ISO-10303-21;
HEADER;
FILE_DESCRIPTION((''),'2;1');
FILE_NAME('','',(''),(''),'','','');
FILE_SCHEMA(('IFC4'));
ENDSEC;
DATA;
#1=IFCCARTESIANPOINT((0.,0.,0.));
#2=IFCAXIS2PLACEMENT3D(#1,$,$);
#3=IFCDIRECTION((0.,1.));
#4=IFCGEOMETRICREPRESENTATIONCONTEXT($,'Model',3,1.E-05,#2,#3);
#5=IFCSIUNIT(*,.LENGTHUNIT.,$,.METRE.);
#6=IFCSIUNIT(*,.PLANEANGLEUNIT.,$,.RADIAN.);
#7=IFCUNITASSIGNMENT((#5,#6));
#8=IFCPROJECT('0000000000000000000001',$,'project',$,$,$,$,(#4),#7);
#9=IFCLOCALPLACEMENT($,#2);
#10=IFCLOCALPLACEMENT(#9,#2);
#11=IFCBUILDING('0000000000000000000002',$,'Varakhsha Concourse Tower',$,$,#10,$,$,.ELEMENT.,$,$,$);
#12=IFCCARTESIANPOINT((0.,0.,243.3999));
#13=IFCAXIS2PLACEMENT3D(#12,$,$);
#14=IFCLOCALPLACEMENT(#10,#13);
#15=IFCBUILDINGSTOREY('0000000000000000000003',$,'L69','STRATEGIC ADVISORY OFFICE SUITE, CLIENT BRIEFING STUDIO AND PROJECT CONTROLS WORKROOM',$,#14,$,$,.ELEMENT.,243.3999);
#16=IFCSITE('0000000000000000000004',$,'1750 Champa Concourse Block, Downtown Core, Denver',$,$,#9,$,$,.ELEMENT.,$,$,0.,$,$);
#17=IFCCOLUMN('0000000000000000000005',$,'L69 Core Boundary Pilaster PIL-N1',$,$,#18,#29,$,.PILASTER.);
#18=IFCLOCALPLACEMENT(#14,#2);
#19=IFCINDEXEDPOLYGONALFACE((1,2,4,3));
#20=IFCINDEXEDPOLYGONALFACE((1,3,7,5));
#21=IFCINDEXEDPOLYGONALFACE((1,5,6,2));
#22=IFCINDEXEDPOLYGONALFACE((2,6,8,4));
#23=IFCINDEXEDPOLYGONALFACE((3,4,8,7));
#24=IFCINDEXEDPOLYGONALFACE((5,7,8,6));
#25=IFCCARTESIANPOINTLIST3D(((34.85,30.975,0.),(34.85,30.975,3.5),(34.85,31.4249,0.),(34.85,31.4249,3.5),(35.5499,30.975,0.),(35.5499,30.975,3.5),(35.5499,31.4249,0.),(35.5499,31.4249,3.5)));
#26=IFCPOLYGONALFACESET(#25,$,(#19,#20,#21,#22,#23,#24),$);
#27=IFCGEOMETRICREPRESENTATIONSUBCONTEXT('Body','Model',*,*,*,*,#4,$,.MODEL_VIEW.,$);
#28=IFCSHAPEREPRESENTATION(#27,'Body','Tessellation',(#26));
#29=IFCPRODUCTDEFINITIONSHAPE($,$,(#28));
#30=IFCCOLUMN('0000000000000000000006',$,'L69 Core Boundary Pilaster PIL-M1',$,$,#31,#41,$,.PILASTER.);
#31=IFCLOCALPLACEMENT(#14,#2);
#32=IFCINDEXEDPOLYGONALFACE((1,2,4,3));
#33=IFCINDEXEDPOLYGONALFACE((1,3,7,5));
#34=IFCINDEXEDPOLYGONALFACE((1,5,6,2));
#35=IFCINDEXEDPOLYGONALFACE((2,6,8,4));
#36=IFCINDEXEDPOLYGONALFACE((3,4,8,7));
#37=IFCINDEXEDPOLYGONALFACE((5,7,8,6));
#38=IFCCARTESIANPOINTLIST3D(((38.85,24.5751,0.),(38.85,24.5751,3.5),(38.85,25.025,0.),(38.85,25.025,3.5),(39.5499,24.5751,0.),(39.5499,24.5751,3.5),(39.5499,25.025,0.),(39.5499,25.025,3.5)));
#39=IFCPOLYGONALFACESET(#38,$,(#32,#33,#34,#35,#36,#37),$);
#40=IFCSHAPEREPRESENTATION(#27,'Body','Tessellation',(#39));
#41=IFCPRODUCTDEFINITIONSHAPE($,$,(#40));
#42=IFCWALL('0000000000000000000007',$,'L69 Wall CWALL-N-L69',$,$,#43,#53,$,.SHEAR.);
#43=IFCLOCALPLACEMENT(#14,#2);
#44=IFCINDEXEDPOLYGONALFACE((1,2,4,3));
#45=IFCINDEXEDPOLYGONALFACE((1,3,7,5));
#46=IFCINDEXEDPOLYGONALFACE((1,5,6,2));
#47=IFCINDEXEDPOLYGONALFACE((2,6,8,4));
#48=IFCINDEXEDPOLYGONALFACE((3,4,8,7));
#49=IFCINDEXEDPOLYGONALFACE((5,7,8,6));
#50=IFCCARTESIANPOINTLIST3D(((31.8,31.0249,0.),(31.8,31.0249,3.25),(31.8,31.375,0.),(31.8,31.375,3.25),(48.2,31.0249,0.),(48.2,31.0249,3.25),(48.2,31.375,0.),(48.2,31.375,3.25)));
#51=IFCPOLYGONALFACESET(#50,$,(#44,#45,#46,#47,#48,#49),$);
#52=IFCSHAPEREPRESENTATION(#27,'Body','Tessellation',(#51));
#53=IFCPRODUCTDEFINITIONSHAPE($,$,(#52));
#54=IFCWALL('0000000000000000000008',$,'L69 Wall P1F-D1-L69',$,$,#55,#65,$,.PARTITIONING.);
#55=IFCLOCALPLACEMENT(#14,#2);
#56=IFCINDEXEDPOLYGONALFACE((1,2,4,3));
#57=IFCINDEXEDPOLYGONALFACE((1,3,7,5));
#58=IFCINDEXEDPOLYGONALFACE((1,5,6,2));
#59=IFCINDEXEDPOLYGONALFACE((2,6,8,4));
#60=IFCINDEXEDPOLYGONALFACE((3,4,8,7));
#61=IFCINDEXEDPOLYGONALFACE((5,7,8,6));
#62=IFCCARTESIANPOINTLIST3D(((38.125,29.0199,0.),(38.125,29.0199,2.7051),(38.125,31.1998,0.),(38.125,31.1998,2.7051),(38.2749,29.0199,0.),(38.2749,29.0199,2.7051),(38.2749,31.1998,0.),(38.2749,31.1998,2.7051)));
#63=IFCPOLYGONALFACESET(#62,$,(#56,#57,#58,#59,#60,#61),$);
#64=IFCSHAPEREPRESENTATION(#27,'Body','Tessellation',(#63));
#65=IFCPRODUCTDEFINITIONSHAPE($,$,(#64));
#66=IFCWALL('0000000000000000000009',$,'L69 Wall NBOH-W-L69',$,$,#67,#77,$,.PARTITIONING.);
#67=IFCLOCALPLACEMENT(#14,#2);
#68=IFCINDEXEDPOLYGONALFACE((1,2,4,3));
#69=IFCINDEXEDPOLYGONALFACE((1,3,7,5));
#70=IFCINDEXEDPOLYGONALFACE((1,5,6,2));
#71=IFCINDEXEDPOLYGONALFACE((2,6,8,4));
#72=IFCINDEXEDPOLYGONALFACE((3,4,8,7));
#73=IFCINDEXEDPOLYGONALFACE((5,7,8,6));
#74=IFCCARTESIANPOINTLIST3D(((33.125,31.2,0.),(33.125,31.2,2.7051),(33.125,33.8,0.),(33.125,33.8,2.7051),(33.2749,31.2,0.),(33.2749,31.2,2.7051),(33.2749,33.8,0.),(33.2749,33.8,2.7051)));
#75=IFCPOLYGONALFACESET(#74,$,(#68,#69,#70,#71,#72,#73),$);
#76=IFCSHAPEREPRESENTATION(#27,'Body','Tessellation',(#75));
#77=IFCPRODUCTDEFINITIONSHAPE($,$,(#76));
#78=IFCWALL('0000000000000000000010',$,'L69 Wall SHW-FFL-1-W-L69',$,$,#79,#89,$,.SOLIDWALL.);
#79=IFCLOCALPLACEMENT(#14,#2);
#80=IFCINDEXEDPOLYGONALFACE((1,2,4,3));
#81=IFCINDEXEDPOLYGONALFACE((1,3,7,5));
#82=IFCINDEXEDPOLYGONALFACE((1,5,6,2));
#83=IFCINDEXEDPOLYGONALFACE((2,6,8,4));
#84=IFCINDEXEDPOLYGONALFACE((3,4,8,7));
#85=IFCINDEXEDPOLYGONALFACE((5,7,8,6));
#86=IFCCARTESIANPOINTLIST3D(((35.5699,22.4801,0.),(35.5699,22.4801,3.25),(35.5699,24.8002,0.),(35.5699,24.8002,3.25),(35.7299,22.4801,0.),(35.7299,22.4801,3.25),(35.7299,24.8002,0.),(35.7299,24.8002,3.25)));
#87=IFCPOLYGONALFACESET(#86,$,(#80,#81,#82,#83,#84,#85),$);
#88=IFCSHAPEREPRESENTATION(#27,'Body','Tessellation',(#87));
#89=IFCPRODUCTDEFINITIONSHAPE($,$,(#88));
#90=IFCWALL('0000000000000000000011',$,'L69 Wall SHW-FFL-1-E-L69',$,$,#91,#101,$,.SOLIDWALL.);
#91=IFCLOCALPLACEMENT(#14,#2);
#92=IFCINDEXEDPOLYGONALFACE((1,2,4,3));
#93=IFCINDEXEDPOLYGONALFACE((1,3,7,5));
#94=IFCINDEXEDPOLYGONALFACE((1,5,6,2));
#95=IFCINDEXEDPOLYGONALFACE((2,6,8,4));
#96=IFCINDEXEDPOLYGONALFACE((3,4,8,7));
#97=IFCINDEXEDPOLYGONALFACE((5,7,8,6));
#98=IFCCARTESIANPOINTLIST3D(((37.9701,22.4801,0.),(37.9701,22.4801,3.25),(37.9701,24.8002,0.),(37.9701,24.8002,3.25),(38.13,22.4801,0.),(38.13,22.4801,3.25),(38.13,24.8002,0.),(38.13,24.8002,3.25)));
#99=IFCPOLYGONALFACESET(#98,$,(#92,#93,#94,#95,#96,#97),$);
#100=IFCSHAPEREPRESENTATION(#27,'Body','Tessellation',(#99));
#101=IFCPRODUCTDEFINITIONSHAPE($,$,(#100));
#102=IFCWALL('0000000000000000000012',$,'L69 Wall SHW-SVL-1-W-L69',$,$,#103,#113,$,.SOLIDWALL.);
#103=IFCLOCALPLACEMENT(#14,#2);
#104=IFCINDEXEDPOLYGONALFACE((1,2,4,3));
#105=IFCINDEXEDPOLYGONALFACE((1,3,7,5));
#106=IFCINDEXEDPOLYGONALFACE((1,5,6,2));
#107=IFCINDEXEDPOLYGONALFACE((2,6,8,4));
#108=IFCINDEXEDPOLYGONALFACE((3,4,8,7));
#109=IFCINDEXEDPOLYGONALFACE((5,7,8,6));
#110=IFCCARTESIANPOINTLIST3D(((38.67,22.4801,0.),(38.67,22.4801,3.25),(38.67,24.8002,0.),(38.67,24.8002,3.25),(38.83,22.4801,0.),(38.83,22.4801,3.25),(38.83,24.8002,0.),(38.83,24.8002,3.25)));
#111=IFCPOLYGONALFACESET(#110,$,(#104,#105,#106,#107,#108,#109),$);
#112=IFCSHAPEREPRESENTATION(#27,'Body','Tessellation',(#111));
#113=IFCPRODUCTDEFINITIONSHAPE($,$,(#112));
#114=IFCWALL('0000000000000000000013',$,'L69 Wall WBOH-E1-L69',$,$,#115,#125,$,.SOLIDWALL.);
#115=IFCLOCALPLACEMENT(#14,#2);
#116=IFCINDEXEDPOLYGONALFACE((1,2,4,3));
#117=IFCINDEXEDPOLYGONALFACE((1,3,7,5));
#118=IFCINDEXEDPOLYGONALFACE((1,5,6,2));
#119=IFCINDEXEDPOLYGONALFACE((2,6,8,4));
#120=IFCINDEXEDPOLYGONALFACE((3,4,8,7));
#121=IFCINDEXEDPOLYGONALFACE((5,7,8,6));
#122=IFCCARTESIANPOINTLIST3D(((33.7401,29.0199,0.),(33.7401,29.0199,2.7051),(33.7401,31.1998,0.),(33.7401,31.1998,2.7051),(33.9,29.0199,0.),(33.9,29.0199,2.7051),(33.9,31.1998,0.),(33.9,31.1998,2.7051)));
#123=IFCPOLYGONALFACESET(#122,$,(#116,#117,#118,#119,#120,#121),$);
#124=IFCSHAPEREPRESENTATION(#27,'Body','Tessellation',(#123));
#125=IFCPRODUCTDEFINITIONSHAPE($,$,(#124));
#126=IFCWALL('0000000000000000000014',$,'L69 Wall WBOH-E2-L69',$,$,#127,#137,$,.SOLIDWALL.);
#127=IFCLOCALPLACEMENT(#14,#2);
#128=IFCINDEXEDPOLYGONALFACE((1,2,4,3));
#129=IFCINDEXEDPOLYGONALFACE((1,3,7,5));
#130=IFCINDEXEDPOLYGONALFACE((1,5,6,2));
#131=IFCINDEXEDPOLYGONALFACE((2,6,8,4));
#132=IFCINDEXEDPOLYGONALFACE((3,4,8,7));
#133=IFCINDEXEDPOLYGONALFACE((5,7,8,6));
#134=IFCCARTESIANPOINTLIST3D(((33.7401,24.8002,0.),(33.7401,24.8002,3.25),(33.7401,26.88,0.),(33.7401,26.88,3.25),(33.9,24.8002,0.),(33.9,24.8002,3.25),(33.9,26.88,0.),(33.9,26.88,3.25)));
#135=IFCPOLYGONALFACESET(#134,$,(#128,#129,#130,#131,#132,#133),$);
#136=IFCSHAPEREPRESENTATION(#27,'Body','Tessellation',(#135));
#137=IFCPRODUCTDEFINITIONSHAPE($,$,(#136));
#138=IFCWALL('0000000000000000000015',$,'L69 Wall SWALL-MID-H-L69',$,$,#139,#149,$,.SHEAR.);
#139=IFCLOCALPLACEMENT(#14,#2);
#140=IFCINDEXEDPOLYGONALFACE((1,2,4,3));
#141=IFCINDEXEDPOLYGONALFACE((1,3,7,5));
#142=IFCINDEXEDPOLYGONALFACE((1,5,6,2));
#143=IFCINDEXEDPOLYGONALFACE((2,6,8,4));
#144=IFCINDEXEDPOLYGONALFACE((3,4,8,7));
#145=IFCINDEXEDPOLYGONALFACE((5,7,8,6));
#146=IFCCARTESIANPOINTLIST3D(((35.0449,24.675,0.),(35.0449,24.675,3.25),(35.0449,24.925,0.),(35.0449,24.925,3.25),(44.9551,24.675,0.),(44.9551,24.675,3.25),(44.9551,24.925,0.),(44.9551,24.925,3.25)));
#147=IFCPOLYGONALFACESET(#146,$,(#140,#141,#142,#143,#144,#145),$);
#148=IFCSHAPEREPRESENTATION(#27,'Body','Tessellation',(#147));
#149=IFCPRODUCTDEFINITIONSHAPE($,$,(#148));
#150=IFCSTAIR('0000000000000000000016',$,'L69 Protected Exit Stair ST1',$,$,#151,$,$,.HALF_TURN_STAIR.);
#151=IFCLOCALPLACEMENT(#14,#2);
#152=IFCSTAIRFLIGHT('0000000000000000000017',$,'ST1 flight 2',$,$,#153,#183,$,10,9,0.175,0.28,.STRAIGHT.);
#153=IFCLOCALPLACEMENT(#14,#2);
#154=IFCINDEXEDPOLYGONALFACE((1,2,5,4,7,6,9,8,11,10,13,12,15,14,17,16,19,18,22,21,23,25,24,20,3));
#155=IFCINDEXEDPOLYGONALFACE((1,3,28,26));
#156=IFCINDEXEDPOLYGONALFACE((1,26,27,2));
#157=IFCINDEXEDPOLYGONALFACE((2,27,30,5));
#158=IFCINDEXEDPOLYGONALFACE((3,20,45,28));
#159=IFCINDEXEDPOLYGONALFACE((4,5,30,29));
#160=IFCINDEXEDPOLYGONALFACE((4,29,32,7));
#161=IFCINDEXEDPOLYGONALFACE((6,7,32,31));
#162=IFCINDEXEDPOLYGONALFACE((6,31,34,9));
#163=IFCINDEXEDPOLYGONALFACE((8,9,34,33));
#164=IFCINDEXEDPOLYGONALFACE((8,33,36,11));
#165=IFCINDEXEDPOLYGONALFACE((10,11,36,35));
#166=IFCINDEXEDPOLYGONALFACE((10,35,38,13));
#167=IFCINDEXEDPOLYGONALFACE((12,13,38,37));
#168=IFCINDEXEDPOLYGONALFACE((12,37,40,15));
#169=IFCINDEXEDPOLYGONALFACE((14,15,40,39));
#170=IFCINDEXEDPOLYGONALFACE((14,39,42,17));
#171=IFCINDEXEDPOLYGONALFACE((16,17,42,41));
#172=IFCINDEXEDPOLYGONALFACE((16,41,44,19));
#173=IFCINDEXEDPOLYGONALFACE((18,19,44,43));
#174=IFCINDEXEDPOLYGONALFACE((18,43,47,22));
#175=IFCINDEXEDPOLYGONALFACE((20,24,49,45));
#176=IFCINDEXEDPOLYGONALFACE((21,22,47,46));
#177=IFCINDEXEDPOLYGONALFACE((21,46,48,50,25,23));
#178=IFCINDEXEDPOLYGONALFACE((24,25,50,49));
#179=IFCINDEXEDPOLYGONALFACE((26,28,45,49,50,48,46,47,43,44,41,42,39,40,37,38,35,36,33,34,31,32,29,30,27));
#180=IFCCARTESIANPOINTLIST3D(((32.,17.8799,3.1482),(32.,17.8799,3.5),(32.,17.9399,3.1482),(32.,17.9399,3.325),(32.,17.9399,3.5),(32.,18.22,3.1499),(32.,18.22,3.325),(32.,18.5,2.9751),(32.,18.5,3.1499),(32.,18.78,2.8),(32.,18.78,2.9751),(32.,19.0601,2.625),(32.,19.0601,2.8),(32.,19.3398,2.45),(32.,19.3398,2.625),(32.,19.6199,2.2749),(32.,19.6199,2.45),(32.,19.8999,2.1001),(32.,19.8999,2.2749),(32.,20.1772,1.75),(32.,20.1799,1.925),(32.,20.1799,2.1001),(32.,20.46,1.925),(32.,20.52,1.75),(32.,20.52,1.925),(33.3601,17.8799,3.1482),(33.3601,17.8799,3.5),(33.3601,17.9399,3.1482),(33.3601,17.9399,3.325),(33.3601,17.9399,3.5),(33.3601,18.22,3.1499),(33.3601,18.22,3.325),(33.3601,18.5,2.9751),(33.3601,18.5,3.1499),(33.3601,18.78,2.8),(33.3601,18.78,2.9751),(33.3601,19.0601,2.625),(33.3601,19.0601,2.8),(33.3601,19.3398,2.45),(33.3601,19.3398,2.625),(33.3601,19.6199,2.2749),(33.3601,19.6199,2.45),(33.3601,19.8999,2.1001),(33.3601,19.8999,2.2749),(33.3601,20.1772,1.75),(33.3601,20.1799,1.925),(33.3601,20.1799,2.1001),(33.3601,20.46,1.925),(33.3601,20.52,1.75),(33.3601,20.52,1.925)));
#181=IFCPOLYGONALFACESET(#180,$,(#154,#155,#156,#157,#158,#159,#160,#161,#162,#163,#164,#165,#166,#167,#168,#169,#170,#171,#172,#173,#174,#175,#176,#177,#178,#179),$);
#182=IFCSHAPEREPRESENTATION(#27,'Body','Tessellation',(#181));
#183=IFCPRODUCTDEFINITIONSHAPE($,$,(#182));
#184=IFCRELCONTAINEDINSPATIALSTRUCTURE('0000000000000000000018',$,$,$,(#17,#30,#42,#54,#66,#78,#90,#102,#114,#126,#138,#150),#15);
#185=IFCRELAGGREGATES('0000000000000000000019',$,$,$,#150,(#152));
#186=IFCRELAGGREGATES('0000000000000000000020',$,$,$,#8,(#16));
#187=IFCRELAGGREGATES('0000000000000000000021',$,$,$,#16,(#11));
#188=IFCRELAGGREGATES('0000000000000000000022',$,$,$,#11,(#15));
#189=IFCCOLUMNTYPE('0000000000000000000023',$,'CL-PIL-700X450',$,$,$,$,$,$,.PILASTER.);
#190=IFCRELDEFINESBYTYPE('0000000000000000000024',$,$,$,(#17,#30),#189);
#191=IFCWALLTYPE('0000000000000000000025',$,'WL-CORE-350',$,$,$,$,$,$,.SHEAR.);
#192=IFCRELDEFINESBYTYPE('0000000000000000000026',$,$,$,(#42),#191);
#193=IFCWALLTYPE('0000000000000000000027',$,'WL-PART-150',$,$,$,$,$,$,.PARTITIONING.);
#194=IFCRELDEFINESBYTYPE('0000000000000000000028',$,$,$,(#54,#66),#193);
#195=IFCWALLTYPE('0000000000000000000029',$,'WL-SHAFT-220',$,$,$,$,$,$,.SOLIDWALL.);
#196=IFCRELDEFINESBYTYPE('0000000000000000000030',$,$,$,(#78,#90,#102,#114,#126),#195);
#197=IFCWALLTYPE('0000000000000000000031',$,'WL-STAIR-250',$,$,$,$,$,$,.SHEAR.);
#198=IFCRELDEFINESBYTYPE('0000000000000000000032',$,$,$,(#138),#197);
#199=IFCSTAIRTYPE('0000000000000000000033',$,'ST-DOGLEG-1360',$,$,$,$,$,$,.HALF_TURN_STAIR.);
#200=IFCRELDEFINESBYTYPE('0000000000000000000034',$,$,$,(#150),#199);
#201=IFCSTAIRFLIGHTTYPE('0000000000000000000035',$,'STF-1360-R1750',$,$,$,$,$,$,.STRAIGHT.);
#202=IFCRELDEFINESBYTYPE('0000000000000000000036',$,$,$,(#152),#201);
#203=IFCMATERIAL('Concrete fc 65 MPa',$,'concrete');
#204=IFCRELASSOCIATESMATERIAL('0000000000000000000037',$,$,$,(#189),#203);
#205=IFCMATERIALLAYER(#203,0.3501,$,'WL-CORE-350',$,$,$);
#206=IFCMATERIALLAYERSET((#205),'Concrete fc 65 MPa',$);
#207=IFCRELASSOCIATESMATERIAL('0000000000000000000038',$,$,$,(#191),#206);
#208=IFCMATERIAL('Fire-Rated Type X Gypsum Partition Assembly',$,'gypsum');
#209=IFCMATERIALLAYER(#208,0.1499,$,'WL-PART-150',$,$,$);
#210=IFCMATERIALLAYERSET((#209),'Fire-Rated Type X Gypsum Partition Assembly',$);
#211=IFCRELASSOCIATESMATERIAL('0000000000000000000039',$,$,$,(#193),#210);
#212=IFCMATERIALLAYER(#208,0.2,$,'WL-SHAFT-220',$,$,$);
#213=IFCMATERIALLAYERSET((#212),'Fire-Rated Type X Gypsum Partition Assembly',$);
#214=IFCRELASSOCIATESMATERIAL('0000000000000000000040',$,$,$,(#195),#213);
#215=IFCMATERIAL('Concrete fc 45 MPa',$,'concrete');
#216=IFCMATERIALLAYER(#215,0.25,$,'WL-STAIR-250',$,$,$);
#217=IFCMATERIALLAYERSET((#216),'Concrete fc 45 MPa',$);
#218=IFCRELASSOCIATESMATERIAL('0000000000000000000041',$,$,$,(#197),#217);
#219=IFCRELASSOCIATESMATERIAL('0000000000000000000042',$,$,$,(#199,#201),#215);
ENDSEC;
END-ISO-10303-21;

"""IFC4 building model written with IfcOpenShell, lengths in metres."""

from ifc_helpers import new_model, si_unit, direction, frame, frame_2d, origin, origin_2d, place, context, subcontext, project, spatial, polyline, rectangle, outline, extrude, material, layer, layer_set, material_profile, profile_set, type_object, element, aggregate, save


model = new_model("IFC4")

# Units and contexts
model_context = context("Model", 3, precision=1e-05, world=origin(), true_north=direction((0.0, 1.0)))
body_context = subcontext(model_context, "Body", "Model", "MODEL_VIEW")
ifc_project = project(units=[si_unit("LENGTHUNIT", "METRE"), si_unit("PLANEANGLEUNIT", "RADIAN")], contexts=[model_context])

# Site, building, storey
site_placement = place(None, origin())
site = spatial("IfcSite", under=ifc_project, at=site_placement, Name="1750 Champa Concourse Block, Downtown Core, Denver", CompositionType="ELEMENT", RefElevation=0.0)
building_placement = place(site_placement, origin())
building = spatial("IfcBuilding", under=site, at=building_placement, Name="Varakhsha Concourse Tower", CompositionType="ELEMENT")
storey_placement = place(building_placement, frame((0.0, 0.0, 243.3999)))
storey = spatial("IfcBuildingStorey", under=building, at=storey_placement, Name="L69", Description="STRATEGIC ADVISORY OFFICE SUITE, CLIENT BRIEFING STUDIO AND PROJECT CONTROLS WORKROOM", CompositionType="ELEMENT", Elevation=243.3999)

# Columns
ifc_material_1 = material(Name="Concrete fc 65 MPa", Category="concrete")
ifc_material_profile = material_profile(ifc_material_1, rectangle(XDim=0.7, YDim=0.45, at=origin_2d()), Name="RC 700x450")
ifc_profile_set = profile_set([ifc_material_profile], Name="Concrete fc 65 MPa")
column_type = type_object("IfcColumnType", Name="CL-PIL-700X450", PredefinedType="PILASTER", material=ifc_profile_set)
for number, where, z_axis, x_axis, name in (
    (1, (35.2, 31.2, 0.0), (0.0, 0.0, 1.0), (1.0, 0.0, 0.0), "L69 Core Boundary Pilaster PIL-N1"),
    (2, (39.2, 24.8, 0.0), (0.0, 0.0, 1.0), (1.0, 0.0, 0.0), "L69 Core Boundary Pilaster PIL-M1"),
):
    element("IfcColumn", number, at=place(storey_placement, frame(where, z_axis=z_axis, x_axis=x_axis)), inside=storey, type_object=column_type, Name=name, PredefinedType="PILASTER", context=body_context, shape_type="SweptSolid", body=[
        extrude(rectangle(XDim=0.7, YDim=0.45, at=origin_2d()), origin(), (0.0, 0.0, 1.0), 3.5),
    ])

# Walls
ifc_layer_1 = layer(ifc_material_1, 0.3501, Name="WL-CORE-350")
ifc_layer_set_1 = layer_set([ifc_layer_1], Name="Concrete fc 65 MPa")
wall_type_1 = type_object("IfcWallType", Name="WL-CORE-350", PredefinedType="SHEAR", material=ifc_layer_set_1)
wall_1_placement = place(storey_placement, frame((31.8, 31.2, 0.0), z_axis=(0.0, 0.0, 1.0), x_axis=(1.0, 0.0, 0.0)))
element("IfcWall", 3, at=wall_1_placement, inside=storey, type_object=wall_type_1, Name="L69 Wall CWALL-N-L69", PredefinedType="SHEAR", context=body_context, shape_type="SweptSolid", body=[
    extrude(rectangle(XDim=16.3999, YDim=0.3501, at=frame_2d((8.2, 0.0))), origin(), (0.0, 0.0, 1.0), 3.25),
])
ifc_material_2 = material(Name="Fire-Rated Type X Gypsum Partition Assembly", Category="gypsum")
ifc_layer_2 = layer(ifc_material_2, 0.1499, Name="WL-PART-150")
ifc_layer_set_2 = layer_set([ifc_layer_2], Name="Fire-Rated Type X Gypsum Partition Assembly")
wall_type_2 = type_object("IfcWallType", Name="WL-PART-150", PredefinedType="PARTITIONING", material=ifc_layer_set_2)
wall_2_placement = place(storey_placement, frame((38.2, 29.02, 0.0), z_axis=(0.0, 0.0, 1.0), x_axis=(0.0, 1.0, 0.0)))
element("IfcWall", 4, at=wall_2_placement, inside=storey, type_object=wall_type_2, Name="L69 Wall P1F-D1-L69", PredefinedType="PARTITIONING", context=body_context, shape_type="SweptSolid", body=[
    extrude(rectangle(XDim=2.1799, YDim=0.1499, at=frame_2d((1.0898, 0.0))), origin(), (0.0, 0.0, 1.0), 2.7051),
])
wall_3_placement = place(storey_placement, frame((33.2, 31.2, 0.0), z_axis=(0.0, 0.0, 1.0), x_axis=(0.0, 1.0, 0.0)))
element("IfcWall", 5, at=wall_3_placement, inside=storey, type_object=wall_type_2, Name="L69 Wall NBOH-W-L69", PredefinedType="PARTITIONING", context=body_context, shape_type="SweptSolid", body=[
    extrude(rectangle(XDim=2.6001, YDim=0.1499, at=frame_2d((1.3, 0.0))), origin(), (0.0, 0.0, 1.0), 2.7051),
])

# Shared definitions
ifc_layer_3 = layer(ifc_material_2, 0.2, Name="WL-SHAFT-220")
ifc_layer_set_3 = layer_set([ifc_layer_3], Name="Fire-Rated Type X Gypsum Partition Assembly")
wall_type_3 = type_object("IfcWallType", Name="WL-SHAFT-220", PredefinedType="SOLIDWALL", material=ifc_layer_set_3)

# Walls
for number, where, z_axis, x_axis, name in (
    (6, (35.6499, 22.48, 0.0), (0.0, 0.0, 1.0), (0.0, 1.0, 0.0), "L69 Wall SHW-FFL-1-W-L69"),
    (7, (38.05, 22.48, 0.0), (0.0, 0.0, 1.0), (0.0, 1.0, 0.0), "L69 Wall SHW-FFL-1-E-L69"),
    (8, (38.75, 22.48, 0.0), (0.0, 0.0, 1.0), (0.0, 1.0, 0.0), "L69 Wall SHW-SVL-1-W-L69"),
):
    element("IfcWall", number, at=place(storey_placement, frame(where, z_axis=z_axis, x_axis=x_axis)), inside=storey, type_object=wall_type_3, Name=name, PredefinedType="SOLIDWALL", context=body_context, shape_type="SweptSolid", body=[
        extrude(rectangle(XDim=2.3201, YDim=0.1599, at=frame_2d((1.1602, 0.0))), origin(), (0.0, 0.0, 1.0), 3.25),
    ])

# Walls
wall_4_placement = place(storey_placement, frame((33.8201, 29.02, 0.0), z_axis=(0.0, 0.0, 1.0), x_axis=(0.0, 1.0, 0.0)))
element("IfcWall", 9, at=wall_4_placement, inside=storey, type_object=wall_type_3, Name="L69 Wall WBOH-E1-L69", PredefinedType="SOLIDWALL", context=body_context, shape_type="SweptSolid", body=[
    extrude(rectangle(XDim=2.1799, YDim=0.1599, at=frame_2d((1.0898, 0.0))), origin(), (0.0, 0.0, 1.0), 2.7051),
])
wall_5_placement = place(storey_placement, frame((33.8201, 24.8, 0.0), z_axis=(0.0, 0.0, 1.0), x_axis=(0.0, 1.0, 0.0)))
element("IfcWall", 10, at=wall_5_placement, inside=storey, type_object=wall_type_3, Name="L69 Wall WBOH-E2-L69", PredefinedType="SOLIDWALL", context=body_context, shape_type="SweptSolid", body=[
    extrude(rectangle(XDim=2.0798, YDim=0.1599, at=frame_2d((1.04, 0.0))), origin(), (0.0, 0.0, 1.0), 3.25),
])
ifc_material_3 = material(Name="Concrete fc 45 MPa", Category="concrete")
ifc_layer_4 = layer(ifc_material_3, 0.25, Name="WL-STAIR-250")
ifc_layer_set_4 = layer_set([ifc_layer_4], Name="Concrete fc 45 MPa")
wall_type_4 = type_object("IfcWallType", Name="WL-STAIR-250", PredefinedType="SHEAR", material=ifc_layer_set_4)
wall_6_placement = place(storey_placement, frame((35.0449, 24.8, 0.0), z_axis=(0.0, 0.0, 1.0), x_axis=(1.0, 0.0, 0.0)))
element("IfcWall", 11, at=wall_6_placement, inside=storey, type_object=wall_type_4, Name="L69 Wall SWALL-MID-H-L69", PredefinedType="SHEAR", context=body_context, shape_type="SweptSolid", body=[
    extrude(rectangle(XDim=9.9102, YDim=0.25, at=frame_2d((4.9551, 0.0))), origin(), (0.0, 0.0, 1.0), 3.25),
])

# Stair, stair flight
stair_type = type_object("IfcStairType", Name="ST-DOGLEG-1360", PredefinedType="HALF_TURN_STAIR", material=ifc_material_3)
stair_placement = place(storey_placement, origin())
stair = element("IfcStair", 12, at=stair_placement, inside=storey, type_object=stair_type, Name="L69 Protected Exit Stair ST1", PredefinedType="HALF_TURN_STAIR")
stair_flight_type = type_object("IfcStairFlightType", Name="STF-1360-R1750", PredefinedType="STRAIGHT", material=ifc_material_3)
stair_flight_placement = place(storey_placement, frame((32.6799, 20.46, 1.75), z_axis=(0.0, 0.0, 1.0), x_axis=(0.0, -1.0, 0.0)))
stair_flight = element("IfcStairFlight", 13, at=stair_flight_placement, type_object=stair_flight_type, Name="ST1 flight 2", NumberOfRisers=10, NumberOfTreads=9, PredefinedType="STRAIGHT", RiserHeight=0.175, TreadLength=0.28, context=body_context, shape_type="SweptSolid", body=[
    extrude(outline(polyline([(-0.0601, 0.0), (-0.0601, 0.175), (0.0, 0.175), (0.28, 0.175), (0.28, 0.3501), (0.5601, 0.3501), (0.5601, 0.5249), (0.8401, 0.5249), (0.8401, 0.7), (1.1201, 0.7), (1.1201, 0.875), (1.3999, 0.875), (1.3999, 1.05), (1.6799, 1.05), (1.6799, 1.2251), (1.96, 1.2251), (1.96, 1.3999), (2.24, 1.3999), (2.24, 1.575), (2.52, 1.575), (2.52, 1.75), (2.5801, 1.75), (2.5801, 1.3982), (2.52, 1.3982), (0.2827, 0.0), (-0.0601, 0.0)])), frame((0.0, 0.6802, 0.0), z_axis=(0.0, -1.0, 0.0), x_axis=(1.0, 0.0, 0.0)), (0.0, 0.0, 1.0), 1.3601),
])
aggregate(stair, [stair_flight])

save(model, "model.ifc")
